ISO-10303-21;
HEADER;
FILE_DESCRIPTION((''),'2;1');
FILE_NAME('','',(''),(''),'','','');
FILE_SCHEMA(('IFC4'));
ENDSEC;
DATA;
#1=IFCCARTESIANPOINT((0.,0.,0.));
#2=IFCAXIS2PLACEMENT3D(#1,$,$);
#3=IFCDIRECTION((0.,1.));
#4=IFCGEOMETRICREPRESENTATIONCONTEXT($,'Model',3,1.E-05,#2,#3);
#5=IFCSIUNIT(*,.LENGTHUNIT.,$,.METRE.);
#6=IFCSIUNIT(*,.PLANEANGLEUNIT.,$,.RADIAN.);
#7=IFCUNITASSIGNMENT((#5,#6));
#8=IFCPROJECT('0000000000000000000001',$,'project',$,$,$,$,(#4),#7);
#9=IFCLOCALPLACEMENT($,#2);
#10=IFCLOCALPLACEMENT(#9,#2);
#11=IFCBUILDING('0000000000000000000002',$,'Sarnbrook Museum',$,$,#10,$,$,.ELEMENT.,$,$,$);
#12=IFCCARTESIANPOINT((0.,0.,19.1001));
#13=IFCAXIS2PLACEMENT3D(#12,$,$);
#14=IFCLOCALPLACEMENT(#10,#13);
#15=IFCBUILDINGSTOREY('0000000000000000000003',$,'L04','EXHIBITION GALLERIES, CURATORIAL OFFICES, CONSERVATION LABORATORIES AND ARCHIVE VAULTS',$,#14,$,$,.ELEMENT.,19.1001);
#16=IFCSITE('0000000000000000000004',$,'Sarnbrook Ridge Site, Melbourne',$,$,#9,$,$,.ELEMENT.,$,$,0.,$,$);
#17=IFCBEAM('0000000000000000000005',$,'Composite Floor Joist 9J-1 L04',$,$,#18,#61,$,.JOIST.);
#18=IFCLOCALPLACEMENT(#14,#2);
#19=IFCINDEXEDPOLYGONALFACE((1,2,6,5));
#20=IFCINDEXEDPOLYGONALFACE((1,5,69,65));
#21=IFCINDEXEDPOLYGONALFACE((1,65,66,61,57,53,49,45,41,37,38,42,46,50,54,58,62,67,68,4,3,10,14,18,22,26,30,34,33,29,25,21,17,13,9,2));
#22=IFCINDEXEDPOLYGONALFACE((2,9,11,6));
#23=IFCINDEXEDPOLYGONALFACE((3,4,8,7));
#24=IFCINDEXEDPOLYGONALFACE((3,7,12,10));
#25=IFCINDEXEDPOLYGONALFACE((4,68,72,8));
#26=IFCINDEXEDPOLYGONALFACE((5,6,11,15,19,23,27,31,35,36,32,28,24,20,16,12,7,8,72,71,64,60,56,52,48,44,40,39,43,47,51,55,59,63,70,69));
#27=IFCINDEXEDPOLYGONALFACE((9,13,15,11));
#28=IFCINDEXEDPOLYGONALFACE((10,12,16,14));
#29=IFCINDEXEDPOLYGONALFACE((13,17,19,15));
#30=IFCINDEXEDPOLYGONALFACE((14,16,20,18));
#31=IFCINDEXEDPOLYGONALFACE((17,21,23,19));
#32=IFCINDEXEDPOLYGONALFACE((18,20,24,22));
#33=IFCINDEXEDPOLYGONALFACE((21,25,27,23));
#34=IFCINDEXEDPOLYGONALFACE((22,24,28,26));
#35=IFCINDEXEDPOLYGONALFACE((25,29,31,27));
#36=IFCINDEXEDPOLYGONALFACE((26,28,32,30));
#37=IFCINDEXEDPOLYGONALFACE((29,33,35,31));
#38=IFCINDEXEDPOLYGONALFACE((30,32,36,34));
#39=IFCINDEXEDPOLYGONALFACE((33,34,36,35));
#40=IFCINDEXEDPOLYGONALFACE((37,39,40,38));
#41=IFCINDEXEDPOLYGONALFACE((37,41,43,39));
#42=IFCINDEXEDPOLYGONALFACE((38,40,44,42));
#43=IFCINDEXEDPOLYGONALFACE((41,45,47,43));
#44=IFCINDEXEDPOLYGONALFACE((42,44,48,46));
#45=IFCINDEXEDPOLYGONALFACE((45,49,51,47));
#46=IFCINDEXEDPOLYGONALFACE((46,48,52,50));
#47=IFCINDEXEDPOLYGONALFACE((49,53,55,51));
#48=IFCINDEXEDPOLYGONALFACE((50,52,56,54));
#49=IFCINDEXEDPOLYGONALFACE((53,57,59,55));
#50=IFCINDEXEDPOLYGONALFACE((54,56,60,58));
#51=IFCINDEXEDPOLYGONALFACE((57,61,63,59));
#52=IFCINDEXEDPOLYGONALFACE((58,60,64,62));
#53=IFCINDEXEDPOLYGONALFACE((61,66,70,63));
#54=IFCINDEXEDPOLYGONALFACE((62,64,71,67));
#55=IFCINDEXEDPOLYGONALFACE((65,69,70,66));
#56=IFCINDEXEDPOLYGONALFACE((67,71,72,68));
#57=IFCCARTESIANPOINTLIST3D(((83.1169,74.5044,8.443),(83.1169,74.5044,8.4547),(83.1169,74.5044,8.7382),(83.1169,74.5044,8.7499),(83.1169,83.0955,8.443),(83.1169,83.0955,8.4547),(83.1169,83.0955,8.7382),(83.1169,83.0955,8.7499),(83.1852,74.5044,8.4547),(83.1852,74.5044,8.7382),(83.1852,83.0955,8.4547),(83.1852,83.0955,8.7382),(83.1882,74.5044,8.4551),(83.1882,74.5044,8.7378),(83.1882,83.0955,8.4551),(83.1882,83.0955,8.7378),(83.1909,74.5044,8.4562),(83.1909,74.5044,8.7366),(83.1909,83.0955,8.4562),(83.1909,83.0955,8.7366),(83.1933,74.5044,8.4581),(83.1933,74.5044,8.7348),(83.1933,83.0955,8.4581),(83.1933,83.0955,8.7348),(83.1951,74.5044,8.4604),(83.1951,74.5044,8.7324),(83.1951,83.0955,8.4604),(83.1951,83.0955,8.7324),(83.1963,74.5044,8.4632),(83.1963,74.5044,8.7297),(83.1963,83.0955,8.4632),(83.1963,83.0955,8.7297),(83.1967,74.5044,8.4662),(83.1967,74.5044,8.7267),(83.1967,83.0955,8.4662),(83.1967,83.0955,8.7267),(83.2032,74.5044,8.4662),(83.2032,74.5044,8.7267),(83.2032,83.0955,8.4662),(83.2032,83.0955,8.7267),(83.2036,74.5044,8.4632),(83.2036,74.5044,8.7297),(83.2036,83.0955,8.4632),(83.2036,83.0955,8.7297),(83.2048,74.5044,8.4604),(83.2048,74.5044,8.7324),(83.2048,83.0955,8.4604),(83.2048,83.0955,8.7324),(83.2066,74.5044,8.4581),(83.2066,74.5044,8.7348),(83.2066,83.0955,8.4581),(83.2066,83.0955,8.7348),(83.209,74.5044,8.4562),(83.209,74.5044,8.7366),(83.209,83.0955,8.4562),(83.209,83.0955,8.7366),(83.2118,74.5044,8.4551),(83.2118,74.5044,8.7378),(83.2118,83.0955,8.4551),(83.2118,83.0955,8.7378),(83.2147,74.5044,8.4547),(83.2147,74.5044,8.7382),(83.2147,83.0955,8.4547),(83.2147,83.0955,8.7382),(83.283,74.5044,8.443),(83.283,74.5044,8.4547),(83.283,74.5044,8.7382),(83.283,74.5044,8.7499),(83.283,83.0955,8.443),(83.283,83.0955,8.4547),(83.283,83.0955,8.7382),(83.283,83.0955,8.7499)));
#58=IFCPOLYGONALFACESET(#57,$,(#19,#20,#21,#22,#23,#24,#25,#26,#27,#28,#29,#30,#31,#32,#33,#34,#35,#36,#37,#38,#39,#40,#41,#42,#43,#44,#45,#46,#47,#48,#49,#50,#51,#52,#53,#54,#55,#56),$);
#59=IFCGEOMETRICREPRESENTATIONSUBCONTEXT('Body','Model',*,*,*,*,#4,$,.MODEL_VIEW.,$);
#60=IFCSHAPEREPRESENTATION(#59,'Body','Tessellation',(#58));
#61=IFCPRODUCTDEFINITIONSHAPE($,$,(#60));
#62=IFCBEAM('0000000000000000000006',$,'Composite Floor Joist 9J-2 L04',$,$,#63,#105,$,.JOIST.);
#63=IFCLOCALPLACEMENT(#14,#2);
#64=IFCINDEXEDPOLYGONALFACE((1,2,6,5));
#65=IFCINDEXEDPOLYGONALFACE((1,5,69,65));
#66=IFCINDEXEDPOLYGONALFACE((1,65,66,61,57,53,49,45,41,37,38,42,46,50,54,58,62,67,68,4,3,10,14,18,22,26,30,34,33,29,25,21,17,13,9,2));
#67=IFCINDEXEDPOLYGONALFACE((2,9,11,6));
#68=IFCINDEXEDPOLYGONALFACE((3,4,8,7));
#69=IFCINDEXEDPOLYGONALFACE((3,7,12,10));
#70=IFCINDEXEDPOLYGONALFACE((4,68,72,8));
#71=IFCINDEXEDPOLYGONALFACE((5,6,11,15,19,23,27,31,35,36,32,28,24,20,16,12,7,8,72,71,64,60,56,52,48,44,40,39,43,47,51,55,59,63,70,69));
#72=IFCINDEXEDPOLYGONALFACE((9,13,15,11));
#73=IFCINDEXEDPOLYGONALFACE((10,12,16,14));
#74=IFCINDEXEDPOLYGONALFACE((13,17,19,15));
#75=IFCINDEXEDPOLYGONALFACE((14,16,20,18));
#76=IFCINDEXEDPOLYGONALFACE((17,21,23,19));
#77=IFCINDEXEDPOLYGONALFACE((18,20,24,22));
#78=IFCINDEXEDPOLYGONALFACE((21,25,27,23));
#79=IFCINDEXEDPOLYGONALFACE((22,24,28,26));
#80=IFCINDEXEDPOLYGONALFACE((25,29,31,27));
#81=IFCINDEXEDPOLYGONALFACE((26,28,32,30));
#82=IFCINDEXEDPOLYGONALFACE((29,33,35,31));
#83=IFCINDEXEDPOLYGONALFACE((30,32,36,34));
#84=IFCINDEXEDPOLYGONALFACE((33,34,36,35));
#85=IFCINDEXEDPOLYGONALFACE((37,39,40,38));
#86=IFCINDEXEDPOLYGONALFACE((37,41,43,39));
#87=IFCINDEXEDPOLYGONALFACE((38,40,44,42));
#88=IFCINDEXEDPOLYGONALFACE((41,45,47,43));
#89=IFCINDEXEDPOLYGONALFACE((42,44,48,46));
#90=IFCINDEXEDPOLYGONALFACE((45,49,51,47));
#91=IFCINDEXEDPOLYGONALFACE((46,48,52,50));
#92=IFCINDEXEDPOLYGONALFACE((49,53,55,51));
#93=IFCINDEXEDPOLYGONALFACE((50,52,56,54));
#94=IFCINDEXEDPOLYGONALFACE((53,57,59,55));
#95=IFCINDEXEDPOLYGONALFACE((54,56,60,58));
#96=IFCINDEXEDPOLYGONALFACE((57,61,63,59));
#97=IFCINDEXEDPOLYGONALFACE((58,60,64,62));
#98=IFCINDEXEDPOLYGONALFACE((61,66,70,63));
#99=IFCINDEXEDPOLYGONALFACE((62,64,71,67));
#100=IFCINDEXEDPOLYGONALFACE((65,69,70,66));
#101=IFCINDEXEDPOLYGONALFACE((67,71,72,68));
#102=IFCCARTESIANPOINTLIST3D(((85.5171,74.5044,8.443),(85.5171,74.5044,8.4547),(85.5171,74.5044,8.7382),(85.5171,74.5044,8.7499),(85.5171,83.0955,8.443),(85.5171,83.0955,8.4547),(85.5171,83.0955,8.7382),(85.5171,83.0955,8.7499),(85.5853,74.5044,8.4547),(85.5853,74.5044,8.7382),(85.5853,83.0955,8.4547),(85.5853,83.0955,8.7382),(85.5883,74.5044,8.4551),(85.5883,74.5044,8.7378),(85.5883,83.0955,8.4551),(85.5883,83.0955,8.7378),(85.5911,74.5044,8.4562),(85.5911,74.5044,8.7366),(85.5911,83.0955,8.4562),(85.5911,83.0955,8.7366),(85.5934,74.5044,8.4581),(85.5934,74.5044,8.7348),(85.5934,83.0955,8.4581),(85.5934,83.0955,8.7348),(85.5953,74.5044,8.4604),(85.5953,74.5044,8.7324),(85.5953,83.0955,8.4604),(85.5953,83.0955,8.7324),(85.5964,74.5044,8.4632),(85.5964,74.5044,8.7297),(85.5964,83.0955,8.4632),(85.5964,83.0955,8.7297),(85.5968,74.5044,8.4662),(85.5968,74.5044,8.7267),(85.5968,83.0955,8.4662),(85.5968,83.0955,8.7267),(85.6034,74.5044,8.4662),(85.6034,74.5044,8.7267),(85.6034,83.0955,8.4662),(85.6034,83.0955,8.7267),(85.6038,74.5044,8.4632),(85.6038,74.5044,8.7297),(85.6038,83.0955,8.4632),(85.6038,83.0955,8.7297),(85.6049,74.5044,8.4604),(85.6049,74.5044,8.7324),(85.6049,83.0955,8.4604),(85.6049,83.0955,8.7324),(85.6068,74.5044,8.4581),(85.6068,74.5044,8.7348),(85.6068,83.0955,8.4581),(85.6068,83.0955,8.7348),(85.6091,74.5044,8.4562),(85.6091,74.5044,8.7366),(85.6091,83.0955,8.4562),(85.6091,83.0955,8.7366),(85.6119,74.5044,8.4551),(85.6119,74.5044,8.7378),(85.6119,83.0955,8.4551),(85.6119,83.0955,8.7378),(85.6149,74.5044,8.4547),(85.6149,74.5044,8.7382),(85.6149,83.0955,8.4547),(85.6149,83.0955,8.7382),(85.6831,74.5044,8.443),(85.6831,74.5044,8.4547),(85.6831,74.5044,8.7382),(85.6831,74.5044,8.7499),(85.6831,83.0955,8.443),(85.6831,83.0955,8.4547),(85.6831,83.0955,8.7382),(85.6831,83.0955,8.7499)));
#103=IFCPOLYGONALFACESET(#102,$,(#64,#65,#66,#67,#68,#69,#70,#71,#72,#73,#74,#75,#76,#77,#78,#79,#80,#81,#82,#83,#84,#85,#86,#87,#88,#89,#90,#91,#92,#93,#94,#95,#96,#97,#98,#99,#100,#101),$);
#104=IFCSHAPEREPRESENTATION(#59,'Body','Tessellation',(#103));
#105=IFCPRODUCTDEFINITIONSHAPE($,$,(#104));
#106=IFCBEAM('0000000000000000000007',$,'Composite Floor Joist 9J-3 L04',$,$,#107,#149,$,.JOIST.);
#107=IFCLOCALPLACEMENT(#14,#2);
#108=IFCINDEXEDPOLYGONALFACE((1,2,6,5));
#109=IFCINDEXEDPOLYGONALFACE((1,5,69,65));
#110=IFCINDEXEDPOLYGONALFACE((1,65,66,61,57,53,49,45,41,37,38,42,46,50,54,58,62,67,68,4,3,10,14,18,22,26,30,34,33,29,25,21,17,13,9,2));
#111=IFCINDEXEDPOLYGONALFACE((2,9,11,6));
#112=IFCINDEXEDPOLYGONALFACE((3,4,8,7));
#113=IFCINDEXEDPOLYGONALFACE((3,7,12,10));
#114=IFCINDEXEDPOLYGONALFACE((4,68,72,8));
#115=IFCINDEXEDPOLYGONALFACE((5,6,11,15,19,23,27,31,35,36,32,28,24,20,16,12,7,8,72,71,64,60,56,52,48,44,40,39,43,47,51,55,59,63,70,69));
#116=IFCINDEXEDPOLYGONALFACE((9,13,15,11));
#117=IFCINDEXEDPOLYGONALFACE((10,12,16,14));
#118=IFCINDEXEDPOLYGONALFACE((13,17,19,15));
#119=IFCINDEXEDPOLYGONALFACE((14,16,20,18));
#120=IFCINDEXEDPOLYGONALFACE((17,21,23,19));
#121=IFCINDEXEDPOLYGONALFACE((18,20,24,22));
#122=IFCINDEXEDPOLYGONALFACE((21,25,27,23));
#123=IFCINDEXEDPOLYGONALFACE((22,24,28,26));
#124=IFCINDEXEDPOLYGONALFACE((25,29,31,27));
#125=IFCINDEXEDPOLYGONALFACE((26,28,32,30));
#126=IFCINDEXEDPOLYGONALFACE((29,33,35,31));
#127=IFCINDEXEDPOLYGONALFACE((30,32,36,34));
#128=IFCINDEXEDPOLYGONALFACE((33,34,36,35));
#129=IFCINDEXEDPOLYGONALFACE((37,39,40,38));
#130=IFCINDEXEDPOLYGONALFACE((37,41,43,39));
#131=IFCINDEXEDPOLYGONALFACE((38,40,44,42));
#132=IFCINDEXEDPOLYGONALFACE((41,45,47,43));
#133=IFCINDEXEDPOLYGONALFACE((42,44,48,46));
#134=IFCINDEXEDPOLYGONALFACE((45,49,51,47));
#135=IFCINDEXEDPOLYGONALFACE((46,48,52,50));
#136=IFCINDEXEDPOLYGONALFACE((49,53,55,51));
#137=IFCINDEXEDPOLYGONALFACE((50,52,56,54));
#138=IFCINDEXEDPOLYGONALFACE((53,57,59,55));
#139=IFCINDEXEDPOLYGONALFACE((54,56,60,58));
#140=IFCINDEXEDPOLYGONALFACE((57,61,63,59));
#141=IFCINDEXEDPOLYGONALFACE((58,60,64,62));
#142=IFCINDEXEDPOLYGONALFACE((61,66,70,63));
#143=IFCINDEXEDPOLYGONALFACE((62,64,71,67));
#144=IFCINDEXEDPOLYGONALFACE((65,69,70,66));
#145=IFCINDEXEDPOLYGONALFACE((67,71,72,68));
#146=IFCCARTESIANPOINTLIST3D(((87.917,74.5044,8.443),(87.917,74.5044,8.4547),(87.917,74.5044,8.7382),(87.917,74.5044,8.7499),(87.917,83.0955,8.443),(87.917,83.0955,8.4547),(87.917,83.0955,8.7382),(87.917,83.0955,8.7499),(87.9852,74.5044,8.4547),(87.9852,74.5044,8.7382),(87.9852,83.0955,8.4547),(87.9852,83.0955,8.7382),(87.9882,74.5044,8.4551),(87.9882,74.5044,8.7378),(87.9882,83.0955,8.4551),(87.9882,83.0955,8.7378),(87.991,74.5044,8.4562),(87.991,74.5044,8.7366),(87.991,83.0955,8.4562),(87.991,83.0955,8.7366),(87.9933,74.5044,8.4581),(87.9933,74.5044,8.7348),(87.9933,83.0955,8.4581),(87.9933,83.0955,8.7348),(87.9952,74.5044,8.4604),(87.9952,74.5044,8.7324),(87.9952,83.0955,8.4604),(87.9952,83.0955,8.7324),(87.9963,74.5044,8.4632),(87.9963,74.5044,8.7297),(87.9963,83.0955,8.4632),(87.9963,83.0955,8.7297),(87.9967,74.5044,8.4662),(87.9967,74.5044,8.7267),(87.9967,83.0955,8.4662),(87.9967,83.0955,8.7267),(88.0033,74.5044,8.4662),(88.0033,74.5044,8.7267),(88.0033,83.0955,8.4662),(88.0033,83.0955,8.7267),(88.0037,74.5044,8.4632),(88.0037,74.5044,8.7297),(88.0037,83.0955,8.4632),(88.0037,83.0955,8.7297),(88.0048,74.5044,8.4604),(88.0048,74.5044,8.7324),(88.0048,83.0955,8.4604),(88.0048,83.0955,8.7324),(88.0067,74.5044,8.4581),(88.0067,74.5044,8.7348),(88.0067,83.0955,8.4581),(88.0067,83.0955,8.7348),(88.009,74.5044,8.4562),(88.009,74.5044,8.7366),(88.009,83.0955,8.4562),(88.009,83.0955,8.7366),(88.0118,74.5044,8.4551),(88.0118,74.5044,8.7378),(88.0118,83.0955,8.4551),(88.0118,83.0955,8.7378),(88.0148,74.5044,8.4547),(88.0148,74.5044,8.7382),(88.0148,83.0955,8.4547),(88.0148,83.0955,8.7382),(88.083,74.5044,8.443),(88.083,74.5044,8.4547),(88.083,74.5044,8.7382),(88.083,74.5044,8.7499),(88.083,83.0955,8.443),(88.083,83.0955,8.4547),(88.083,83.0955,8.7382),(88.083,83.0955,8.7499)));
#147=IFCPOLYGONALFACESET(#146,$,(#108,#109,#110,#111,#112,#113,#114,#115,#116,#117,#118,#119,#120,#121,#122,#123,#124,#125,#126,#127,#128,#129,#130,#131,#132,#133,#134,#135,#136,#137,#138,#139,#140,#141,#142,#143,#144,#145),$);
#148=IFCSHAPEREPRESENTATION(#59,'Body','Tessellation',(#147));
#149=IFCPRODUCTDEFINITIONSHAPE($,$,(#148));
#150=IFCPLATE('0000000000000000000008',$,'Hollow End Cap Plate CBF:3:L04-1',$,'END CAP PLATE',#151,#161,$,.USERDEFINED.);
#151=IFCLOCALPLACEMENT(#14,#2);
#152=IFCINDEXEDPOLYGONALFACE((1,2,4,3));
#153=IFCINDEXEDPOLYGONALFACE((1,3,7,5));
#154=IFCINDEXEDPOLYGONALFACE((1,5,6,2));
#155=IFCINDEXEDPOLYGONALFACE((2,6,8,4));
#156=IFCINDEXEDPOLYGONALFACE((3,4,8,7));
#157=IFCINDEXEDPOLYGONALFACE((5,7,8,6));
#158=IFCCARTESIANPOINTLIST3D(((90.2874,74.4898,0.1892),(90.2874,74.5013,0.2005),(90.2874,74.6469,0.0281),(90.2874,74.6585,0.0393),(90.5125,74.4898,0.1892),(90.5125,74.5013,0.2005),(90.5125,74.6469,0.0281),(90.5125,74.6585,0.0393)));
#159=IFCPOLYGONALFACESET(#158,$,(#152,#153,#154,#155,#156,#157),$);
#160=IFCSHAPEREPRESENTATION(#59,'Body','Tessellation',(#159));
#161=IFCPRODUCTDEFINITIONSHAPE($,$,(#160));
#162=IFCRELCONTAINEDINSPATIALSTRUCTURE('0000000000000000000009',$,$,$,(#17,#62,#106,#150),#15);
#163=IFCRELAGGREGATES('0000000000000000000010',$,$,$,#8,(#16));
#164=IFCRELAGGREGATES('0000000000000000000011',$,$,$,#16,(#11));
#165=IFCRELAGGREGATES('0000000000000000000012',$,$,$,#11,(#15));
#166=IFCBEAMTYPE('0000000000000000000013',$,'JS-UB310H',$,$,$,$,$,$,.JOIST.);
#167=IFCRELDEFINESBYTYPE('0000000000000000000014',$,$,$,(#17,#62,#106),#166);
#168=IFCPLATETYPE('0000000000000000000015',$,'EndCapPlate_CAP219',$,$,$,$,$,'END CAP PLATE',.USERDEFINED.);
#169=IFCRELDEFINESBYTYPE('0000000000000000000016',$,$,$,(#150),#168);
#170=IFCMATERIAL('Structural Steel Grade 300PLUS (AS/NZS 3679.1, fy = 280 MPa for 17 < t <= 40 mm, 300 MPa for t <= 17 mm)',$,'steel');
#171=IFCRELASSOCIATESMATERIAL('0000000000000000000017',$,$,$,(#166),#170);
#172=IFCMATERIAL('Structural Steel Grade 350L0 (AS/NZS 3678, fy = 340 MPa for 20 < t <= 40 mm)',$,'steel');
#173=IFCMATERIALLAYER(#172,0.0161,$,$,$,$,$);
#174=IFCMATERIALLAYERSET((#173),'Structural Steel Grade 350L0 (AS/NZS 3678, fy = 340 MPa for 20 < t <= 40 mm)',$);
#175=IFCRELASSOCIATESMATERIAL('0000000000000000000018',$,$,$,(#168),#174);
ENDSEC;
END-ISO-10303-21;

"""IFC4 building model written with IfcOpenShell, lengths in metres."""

from ifc_helpers import new_model, si_unit, direction, frame, origin, origin_2d, place, context, subcontext, project, spatial, rectangle, i_section, extrude, material, layer, layer_set, material_profile, profile_set, type_object, element, save


model = new_model("IFC4")

# Units and contexts
model_context = context("Model", 3, precision=1e-05, world=origin(), true_north=direction((0.0, 1.0)))
body_context = subcontext(model_context, "Body", "Model", "MODEL_VIEW")
ifc_project = project(units=[si_unit("LENGTHUNIT", "METRE"), si_unit("PLANEANGLEUNIT", "RADIAN")], contexts=[model_context])

# Site, building, storey
site_placement = place(None, origin())
site = spatial("IfcSite", under=ifc_project, at=site_placement, Name="Sarnbrook Ridge Site, Melbourne", CompositionType="ELEMENT", RefElevation=0.0)
building_placement = place(site_placement, origin())
building = spatial("IfcBuilding", under=site, at=building_placement, Name="Sarnbrook Museum", CompositionType="ELEMENT")
storey_placement = place(building_placement, frame((0.0, 0.0, 19.1001)))
storey = spatial("IfcBuildingStorey", under=building, at=storey_placement, Name="L04", Description="EXHIBITION GALLERIES, CURATORIAL OFFICES, CONSERVATION LABORATORIES AND ARCHIVE VAULTS", CompositionType="ELEMENT", Elevation=19.1001)

# Shared definitions
ifc_material_1 = material(Name="Structural Steel Grade 300PLUS (AS/NZS 3679.1, fy = 280 MPa for 17 < t <= 40 mm, 300 MPa for t <= 17 mm)", Category="steel")

# Beams
ifc_material_profile_1 = material_profile(ifc_material_1, i_section(OverallWidth=0.166, OverallDepth=0.3069, WebThickness=0.0066, FlangeThickness=0.0117, FilletRadius=0.0115, at=origin_2d()), Name="310UB46.2")
ifc_profile_set_1 = profile_set([ifc_material_profile_1], Name="Structural Steel Grade 300PLUS (AS/NZS 3679.1, fy = 280 MPa for 17 < t <= 40 mm, 300 MPa for t <= 17 mm)")
beam_type_1 = type_object("IfcBeamType", Name="JS-UB310H", PredefinedType="JOIST", material=ifc_profile_set_1)
for number, where, z_axis, x_axis, name in (
    (1, (83.2, 74.5044, 8.5964), (0.0, 1.0, 0.0), (-1.0, 0.0, 0.0), "Composite Floor Joist 9J-1 L04"),
    (2, (85.6001, 74.5044, 8.5964), (0.0, 1.0, 0.0), (-1.0, 0.0, 0.0), "Composite Floor Joist 9J-2 L04"),
    (3, (88.0, 74.5044, 8.5964), (0.0, 1.0, 0.0), (-1.0, 0.0, 0.0), "Composite Floor Joist 9J-3 L04"),
):
    element("IfcBeam", number, at=place(storey_placement, frame(where, z_axis=z_axis, x_axis=x_axis)), inside=storey, type_object=beam_type_1, Name=name, PredefinedType="JOIST", context=body_context, shape_type="SweptSolid", body=[
        extrude(i_section(OverallWidth=0.166, OverallDepth=0.3069, WebThickness=0.0066, FlangeThickness=0.0117, FilletRadius=0.0115, at=origin_2d()), origin(), (0.0, 0.0, 1.0), 8.5911),
    ])

# Plate
ifc_material_2 = material(Name="Structural Steel Grade 350L0 (AS/NZS 3678, fy = 340 MPa for 20 < t <= 40 mm)", Category="steel")
ifc_layer_1 = layer(ifc_material_2, 0.0161)
ifc_layer_set_1 = layer_set([ifc_layer_1], Name="Structural Steel Grade 350L0 (AS/NZS 3678, fy = 340 MPa for 20 < t <= 40 mm)")
plate_type = type_object("IfcPlateType", Name="EndCapPlate_CAP219", ElementType="END CAP PLATE", PredefinedType="USERDEFINED", material=ifc_layer_set_1)
plate_placement = place(storey_placement, frame((90.3999, 74.5684, 0.1086), z_axis=(0.0, 0.715958, 0.698144), x_axis=(-1.0, 0.0, 0.0)))
element("IfcPlate", 4, at=plate_placement, inside=storey, type_object=plate_type, Name="Hollow End Cap Plate CBF:3:L04-1", ObjectType="END CAP PLATE", PredefinedType="USERDEFINED", context=body_context, shape_type="SweptSolid", body=[
    extrude(rectangle(XDim=0.2251, YDim=0.2251, at=origin_2d()), origin(), (0.0, 0.0, 1.0), 0.0161),
])

save(model, "model.ifc")
